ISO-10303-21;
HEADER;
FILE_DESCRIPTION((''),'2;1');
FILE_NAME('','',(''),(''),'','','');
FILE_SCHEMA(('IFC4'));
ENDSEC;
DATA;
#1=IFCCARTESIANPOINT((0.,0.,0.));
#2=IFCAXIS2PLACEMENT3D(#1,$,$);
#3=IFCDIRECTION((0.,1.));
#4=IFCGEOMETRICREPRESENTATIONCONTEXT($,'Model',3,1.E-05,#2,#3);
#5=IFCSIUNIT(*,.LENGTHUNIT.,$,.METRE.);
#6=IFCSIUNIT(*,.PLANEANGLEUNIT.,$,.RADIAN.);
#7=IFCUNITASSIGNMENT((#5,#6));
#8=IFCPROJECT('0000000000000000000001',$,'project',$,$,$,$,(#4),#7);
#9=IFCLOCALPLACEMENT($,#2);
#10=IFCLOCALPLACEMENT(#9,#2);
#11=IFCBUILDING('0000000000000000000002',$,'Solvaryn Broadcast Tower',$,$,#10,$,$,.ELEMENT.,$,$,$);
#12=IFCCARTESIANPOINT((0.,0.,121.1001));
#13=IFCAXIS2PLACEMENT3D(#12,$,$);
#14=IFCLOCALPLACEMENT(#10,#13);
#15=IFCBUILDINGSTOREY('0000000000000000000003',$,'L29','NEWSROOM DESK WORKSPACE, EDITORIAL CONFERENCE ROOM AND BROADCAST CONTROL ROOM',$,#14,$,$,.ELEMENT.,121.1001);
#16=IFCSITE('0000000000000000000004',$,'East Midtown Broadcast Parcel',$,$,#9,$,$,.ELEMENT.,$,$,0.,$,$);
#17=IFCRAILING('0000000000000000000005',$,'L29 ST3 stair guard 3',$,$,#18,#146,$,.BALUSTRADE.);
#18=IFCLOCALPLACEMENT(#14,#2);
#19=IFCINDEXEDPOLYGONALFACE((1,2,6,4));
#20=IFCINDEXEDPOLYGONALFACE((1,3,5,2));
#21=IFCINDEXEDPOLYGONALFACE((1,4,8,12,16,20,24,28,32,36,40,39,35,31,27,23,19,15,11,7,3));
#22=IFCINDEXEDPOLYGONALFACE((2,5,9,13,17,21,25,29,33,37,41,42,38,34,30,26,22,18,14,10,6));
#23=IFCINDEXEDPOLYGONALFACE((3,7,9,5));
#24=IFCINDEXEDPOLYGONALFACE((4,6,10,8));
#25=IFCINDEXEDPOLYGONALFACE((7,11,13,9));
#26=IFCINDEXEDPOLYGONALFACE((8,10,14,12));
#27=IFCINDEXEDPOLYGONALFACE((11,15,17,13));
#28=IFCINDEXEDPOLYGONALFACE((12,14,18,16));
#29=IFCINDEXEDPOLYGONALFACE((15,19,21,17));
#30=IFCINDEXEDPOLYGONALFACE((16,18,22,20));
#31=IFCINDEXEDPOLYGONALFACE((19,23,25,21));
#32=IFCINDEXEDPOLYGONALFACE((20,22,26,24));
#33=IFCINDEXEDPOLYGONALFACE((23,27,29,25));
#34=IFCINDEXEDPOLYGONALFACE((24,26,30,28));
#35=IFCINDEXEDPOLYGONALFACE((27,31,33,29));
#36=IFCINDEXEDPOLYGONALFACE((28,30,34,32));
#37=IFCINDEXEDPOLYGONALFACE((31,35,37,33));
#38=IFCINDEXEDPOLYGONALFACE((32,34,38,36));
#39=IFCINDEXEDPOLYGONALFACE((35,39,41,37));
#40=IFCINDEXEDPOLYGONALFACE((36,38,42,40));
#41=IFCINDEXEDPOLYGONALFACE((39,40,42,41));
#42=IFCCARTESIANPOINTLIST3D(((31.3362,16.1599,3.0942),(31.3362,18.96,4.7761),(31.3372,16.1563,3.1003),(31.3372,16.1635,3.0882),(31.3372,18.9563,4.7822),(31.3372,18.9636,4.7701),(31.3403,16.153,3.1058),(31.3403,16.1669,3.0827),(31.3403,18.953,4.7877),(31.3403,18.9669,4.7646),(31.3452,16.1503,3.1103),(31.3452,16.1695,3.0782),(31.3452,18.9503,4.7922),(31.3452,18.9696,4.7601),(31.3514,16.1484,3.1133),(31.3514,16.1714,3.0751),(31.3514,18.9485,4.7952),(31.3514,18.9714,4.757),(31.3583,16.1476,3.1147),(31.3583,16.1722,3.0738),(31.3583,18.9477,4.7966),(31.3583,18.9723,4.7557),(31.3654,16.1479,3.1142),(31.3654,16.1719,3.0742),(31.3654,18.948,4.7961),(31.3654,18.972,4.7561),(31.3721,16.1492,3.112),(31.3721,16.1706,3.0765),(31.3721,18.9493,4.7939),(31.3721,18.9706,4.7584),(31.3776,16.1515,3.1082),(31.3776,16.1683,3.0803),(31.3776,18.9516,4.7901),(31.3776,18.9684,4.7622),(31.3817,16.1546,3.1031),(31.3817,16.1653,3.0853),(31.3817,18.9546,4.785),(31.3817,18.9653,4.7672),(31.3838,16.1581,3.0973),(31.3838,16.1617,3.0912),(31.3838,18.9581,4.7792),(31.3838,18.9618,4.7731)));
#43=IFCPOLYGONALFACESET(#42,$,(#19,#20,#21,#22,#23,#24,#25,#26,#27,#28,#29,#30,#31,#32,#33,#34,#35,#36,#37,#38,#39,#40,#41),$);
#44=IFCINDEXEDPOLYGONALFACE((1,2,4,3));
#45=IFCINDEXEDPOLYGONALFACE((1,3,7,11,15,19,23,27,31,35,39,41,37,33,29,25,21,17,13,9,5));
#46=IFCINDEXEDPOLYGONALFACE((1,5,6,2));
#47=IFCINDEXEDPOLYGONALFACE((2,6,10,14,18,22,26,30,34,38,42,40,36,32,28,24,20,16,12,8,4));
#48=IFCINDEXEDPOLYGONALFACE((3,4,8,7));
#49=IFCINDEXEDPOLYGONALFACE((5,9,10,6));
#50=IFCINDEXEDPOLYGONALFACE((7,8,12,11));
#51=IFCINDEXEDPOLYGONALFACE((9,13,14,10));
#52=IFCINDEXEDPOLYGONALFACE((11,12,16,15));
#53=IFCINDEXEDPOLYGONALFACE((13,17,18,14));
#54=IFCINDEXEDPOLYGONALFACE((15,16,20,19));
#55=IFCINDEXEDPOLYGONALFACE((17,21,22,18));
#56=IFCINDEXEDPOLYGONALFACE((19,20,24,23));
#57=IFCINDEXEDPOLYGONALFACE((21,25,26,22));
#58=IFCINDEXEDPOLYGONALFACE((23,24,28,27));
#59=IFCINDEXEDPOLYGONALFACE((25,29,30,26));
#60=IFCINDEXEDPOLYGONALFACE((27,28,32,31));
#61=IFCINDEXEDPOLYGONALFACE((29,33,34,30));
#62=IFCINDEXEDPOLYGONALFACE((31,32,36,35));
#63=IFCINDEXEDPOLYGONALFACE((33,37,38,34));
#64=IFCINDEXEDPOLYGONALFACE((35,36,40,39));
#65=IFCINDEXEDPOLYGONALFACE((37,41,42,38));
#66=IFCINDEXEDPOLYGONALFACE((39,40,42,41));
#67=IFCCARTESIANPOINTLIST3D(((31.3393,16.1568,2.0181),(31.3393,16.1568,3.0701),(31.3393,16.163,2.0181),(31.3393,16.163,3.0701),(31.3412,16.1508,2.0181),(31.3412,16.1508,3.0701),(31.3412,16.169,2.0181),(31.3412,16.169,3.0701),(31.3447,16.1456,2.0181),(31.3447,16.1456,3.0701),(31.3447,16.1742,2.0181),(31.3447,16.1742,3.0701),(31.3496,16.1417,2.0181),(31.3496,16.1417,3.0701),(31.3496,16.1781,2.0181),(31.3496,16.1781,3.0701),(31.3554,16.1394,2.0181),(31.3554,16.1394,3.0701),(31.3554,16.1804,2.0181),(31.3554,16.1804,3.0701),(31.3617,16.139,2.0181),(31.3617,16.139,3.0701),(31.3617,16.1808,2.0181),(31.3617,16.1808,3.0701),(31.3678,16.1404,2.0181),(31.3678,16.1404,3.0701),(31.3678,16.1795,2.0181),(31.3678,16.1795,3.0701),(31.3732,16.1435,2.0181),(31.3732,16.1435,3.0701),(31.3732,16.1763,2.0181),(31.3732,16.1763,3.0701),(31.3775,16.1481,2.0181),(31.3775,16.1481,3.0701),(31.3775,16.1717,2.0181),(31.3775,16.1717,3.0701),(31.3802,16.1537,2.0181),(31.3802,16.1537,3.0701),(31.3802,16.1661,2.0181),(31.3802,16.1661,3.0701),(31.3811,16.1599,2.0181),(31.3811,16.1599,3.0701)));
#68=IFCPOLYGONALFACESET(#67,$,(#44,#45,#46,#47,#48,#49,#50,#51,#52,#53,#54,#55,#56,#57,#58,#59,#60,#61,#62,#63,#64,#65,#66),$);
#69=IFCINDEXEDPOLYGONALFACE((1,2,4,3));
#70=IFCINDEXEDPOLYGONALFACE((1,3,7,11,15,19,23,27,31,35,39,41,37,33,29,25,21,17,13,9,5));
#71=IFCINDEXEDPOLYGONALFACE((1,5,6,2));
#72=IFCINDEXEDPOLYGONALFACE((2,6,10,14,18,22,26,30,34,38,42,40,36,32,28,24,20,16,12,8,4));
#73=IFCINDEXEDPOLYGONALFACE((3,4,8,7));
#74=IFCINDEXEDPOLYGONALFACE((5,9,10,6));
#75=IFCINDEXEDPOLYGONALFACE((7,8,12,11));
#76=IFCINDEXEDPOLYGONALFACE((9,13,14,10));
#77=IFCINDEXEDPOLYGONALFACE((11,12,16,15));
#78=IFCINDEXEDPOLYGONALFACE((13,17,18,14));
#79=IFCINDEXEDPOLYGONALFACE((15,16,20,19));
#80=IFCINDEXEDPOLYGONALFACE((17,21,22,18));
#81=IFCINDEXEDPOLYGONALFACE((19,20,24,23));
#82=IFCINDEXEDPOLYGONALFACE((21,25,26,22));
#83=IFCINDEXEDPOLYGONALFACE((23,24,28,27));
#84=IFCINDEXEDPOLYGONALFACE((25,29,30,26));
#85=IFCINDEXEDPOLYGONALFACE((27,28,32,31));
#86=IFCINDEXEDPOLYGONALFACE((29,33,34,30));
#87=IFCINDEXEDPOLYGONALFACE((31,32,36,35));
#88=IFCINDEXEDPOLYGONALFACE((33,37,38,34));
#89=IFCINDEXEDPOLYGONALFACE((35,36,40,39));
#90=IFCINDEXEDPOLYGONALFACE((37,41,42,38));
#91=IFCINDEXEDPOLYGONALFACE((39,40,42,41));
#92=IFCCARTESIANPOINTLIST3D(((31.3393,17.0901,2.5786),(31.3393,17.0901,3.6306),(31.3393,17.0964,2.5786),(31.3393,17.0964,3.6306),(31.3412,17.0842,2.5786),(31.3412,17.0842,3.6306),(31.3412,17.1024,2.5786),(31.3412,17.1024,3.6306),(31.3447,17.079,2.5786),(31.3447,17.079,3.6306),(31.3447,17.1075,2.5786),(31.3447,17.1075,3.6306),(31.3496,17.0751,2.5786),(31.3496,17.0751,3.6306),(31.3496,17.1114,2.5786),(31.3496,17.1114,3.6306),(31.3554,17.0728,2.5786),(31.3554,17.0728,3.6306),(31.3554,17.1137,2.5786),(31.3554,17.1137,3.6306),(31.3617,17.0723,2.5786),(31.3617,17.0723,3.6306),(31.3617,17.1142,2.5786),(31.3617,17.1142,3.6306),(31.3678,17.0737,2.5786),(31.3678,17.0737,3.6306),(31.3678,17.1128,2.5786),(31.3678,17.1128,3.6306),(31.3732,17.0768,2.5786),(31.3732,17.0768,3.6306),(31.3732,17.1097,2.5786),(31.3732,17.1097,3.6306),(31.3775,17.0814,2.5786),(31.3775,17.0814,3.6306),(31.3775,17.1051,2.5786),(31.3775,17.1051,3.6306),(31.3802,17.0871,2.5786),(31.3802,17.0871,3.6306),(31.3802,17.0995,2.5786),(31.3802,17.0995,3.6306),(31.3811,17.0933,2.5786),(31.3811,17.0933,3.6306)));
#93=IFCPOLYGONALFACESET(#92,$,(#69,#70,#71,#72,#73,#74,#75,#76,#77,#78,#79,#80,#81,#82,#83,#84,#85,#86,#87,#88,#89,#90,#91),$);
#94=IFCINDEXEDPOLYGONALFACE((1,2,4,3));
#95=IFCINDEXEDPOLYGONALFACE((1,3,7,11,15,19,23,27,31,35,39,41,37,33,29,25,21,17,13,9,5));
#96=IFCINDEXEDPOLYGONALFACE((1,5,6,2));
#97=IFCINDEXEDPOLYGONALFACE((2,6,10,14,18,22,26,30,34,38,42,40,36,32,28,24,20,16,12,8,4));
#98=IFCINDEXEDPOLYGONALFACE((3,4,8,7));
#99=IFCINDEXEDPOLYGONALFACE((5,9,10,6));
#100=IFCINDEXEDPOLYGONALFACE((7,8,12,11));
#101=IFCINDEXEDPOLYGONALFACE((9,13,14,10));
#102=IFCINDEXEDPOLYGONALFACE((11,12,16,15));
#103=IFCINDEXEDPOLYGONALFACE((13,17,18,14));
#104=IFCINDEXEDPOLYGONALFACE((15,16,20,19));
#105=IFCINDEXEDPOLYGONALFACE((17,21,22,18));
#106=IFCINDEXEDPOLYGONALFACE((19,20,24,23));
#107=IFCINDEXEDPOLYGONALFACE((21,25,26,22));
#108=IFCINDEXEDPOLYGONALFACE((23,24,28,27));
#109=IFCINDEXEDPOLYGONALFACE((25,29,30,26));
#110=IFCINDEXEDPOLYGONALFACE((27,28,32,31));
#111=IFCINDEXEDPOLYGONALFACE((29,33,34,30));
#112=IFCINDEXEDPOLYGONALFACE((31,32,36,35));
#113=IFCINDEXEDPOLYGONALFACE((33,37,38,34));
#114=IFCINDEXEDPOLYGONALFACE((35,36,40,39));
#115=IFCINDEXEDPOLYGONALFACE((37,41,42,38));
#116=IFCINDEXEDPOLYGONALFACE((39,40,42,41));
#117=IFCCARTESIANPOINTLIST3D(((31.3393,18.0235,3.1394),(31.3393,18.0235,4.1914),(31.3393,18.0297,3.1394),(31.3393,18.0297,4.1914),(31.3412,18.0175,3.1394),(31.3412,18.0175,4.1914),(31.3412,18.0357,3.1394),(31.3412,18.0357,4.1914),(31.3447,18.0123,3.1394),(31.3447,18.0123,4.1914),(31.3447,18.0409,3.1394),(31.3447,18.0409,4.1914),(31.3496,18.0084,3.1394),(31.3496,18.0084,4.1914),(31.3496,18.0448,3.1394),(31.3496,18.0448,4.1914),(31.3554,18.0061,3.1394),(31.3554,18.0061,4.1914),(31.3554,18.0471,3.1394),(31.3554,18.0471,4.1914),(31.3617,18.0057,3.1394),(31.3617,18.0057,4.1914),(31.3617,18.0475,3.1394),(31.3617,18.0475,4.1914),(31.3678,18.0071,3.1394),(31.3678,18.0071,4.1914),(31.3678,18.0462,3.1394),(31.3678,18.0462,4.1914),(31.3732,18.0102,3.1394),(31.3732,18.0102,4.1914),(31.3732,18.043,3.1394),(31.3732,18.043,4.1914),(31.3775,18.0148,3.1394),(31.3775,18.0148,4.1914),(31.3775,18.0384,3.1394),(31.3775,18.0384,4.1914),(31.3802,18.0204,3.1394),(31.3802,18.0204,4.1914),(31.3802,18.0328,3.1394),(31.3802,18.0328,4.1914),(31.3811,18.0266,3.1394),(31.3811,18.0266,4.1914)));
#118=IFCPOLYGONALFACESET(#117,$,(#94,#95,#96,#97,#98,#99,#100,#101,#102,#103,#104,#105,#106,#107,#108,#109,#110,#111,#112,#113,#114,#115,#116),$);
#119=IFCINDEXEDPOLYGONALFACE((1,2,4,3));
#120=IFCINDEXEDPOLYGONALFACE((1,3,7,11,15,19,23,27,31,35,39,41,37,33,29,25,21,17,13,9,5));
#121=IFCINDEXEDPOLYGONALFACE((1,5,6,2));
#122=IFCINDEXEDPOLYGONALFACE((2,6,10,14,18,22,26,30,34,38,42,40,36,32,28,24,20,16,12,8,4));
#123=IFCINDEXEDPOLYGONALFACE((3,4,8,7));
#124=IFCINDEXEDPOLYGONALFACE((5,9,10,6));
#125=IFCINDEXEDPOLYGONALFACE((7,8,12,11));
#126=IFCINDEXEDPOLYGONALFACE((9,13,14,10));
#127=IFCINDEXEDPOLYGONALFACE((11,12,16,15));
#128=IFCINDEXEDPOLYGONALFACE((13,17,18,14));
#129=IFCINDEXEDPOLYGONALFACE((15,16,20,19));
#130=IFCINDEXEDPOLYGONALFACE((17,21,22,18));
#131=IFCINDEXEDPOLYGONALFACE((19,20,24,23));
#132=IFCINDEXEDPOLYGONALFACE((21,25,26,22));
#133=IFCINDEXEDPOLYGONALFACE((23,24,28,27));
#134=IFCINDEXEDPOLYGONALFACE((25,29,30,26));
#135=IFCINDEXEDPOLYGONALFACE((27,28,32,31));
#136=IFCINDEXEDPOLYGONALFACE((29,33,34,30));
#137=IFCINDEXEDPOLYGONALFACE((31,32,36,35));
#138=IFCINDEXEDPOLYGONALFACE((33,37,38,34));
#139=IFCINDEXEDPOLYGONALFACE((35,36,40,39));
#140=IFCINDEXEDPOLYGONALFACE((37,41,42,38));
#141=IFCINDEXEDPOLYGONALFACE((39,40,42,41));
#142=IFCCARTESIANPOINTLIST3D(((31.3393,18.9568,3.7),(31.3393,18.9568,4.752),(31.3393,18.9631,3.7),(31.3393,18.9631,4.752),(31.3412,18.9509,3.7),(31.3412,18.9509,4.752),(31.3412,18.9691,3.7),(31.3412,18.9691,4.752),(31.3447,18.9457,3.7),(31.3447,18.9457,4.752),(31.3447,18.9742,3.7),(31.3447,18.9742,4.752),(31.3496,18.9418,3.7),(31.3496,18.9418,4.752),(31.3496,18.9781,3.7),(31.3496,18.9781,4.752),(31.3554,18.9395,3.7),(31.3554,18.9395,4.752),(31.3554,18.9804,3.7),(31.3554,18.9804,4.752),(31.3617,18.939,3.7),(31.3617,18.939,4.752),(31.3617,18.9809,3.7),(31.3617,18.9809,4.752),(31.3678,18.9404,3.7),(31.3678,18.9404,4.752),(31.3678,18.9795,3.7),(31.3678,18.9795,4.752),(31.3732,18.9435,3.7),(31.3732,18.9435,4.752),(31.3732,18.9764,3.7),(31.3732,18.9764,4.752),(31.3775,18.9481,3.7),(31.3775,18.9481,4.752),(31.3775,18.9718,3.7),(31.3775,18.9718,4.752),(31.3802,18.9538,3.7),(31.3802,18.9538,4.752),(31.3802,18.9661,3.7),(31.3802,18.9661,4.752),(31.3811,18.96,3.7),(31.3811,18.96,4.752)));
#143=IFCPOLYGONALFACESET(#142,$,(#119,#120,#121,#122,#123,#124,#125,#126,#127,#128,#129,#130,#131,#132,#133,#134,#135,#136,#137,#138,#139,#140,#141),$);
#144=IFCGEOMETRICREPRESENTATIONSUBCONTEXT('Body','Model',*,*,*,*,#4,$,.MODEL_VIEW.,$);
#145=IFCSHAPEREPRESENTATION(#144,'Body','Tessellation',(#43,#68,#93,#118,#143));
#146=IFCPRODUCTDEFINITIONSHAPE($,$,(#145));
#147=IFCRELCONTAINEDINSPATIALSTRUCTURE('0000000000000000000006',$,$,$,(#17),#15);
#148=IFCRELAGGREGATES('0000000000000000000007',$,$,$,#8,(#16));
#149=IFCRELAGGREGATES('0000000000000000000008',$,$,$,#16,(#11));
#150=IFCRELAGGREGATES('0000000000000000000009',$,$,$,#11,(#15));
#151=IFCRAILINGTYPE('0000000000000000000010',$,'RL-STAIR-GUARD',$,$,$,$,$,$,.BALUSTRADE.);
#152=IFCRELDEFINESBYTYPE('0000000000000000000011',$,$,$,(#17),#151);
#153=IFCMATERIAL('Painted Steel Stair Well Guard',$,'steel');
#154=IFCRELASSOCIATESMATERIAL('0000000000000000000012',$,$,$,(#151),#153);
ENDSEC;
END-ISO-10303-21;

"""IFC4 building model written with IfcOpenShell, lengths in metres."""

from ifc_helpers import new_model, si_unit, direction, frame, origin, origin_2d, place, context, subcontext, project, spatial, circle, extrude, material, type_object, element, save


model = new_model("IFC4")

# Units and contexts
model_context = context("Model", 3, precision=1e-05, world=origin(), true_north=direction((0.0, 1.0)))
body_context = subcontext(model_context, "Body", "Model", "MODEL_VIEW")
ifc_project = project(units=[si_unit("LENGTHUNIT", "METRE"), si_unit("PLANEANGLEUNIT", "RADIAN")], contexts=[model_context])

# Site, building, storey
site_placement = place(None, origin())
site = spatial("IfcSite", under=ifc_project, at=site_placement, Name="East Midtown Broadcast Parcel", CompositionType="ELEMENT", RefElevation=0.0)
building_placement = place(site_placement, origin())
building = spatial("IfcBuilding", under=site, at=building_placement, Name="Solvaryn Broadcast Tower", CompositionType="ELEMENT")
storey_placement = place(building_placement, frame((0.0, 0.0, 121.1001)))
storey = spatial("IfcBuildingStorey", under=building, at=storey_placement, Name="L29", Description="NEWSROOM DESK WORKSPACE, EDITORIAL CONFERENCE ROOM AND BROADCAST CONTROL ROOM", CompositionType="ELEMENT", Elevation=121.1001)

# Railing
ifc_material_1 = material(Name="Painted Steel Stair Well Guard", Category="steel")
railing_type_1 = type_object("IfcRailingType", Name="RL-STAIR-GUARD", PredefinedType="BALUSTRADE", material=ifc_material_1)
railing_1_placement = place(storey_placement, frame((31.3601, 16.1599, 2.0181)))
element("IfcRailing", 1, at=railing_1_placement, inside=storey, type_object=railing_type_1, Name="L29 ST3 stair guard 3", PredefinedType="BALUSTRADE", context=body_context, shape_type="SweptSolid", body=[
    extrude(circle(Radius=0.0239, at=origin_2d()), frame((0.0, 0.0, 1.0762), z_axis=(0.0, 0.857242, 0.514913), x_axis=(-1.0, 0.0, 0.0)), (0.0, 0.0, 1.0), 3.2664),
    extrude(circle(Radius=0.021, at=origin_2d()), origin(), (0.0, 0.0, 1.0), 1.052),
    extrude(circle(Radius=0.021, at=origin_2d()), frame((0.0, 0.9333, 0.5605)), (0.0, 0.0, 1.0), 1.052),
    extrude(circle(Radius=0.021, at=origin_2d()), frame((0.0, 1.8667, 1.1213)), (0.0, 0.0, 1.0), 1.052),
    extrude(circle(Radius=0.021, at=origin_2d()), frame((0.0, 2.8, 1.6819)), (0.0, 0.0, 1.0), 1.052),
])

save(model, "model.ifc")
